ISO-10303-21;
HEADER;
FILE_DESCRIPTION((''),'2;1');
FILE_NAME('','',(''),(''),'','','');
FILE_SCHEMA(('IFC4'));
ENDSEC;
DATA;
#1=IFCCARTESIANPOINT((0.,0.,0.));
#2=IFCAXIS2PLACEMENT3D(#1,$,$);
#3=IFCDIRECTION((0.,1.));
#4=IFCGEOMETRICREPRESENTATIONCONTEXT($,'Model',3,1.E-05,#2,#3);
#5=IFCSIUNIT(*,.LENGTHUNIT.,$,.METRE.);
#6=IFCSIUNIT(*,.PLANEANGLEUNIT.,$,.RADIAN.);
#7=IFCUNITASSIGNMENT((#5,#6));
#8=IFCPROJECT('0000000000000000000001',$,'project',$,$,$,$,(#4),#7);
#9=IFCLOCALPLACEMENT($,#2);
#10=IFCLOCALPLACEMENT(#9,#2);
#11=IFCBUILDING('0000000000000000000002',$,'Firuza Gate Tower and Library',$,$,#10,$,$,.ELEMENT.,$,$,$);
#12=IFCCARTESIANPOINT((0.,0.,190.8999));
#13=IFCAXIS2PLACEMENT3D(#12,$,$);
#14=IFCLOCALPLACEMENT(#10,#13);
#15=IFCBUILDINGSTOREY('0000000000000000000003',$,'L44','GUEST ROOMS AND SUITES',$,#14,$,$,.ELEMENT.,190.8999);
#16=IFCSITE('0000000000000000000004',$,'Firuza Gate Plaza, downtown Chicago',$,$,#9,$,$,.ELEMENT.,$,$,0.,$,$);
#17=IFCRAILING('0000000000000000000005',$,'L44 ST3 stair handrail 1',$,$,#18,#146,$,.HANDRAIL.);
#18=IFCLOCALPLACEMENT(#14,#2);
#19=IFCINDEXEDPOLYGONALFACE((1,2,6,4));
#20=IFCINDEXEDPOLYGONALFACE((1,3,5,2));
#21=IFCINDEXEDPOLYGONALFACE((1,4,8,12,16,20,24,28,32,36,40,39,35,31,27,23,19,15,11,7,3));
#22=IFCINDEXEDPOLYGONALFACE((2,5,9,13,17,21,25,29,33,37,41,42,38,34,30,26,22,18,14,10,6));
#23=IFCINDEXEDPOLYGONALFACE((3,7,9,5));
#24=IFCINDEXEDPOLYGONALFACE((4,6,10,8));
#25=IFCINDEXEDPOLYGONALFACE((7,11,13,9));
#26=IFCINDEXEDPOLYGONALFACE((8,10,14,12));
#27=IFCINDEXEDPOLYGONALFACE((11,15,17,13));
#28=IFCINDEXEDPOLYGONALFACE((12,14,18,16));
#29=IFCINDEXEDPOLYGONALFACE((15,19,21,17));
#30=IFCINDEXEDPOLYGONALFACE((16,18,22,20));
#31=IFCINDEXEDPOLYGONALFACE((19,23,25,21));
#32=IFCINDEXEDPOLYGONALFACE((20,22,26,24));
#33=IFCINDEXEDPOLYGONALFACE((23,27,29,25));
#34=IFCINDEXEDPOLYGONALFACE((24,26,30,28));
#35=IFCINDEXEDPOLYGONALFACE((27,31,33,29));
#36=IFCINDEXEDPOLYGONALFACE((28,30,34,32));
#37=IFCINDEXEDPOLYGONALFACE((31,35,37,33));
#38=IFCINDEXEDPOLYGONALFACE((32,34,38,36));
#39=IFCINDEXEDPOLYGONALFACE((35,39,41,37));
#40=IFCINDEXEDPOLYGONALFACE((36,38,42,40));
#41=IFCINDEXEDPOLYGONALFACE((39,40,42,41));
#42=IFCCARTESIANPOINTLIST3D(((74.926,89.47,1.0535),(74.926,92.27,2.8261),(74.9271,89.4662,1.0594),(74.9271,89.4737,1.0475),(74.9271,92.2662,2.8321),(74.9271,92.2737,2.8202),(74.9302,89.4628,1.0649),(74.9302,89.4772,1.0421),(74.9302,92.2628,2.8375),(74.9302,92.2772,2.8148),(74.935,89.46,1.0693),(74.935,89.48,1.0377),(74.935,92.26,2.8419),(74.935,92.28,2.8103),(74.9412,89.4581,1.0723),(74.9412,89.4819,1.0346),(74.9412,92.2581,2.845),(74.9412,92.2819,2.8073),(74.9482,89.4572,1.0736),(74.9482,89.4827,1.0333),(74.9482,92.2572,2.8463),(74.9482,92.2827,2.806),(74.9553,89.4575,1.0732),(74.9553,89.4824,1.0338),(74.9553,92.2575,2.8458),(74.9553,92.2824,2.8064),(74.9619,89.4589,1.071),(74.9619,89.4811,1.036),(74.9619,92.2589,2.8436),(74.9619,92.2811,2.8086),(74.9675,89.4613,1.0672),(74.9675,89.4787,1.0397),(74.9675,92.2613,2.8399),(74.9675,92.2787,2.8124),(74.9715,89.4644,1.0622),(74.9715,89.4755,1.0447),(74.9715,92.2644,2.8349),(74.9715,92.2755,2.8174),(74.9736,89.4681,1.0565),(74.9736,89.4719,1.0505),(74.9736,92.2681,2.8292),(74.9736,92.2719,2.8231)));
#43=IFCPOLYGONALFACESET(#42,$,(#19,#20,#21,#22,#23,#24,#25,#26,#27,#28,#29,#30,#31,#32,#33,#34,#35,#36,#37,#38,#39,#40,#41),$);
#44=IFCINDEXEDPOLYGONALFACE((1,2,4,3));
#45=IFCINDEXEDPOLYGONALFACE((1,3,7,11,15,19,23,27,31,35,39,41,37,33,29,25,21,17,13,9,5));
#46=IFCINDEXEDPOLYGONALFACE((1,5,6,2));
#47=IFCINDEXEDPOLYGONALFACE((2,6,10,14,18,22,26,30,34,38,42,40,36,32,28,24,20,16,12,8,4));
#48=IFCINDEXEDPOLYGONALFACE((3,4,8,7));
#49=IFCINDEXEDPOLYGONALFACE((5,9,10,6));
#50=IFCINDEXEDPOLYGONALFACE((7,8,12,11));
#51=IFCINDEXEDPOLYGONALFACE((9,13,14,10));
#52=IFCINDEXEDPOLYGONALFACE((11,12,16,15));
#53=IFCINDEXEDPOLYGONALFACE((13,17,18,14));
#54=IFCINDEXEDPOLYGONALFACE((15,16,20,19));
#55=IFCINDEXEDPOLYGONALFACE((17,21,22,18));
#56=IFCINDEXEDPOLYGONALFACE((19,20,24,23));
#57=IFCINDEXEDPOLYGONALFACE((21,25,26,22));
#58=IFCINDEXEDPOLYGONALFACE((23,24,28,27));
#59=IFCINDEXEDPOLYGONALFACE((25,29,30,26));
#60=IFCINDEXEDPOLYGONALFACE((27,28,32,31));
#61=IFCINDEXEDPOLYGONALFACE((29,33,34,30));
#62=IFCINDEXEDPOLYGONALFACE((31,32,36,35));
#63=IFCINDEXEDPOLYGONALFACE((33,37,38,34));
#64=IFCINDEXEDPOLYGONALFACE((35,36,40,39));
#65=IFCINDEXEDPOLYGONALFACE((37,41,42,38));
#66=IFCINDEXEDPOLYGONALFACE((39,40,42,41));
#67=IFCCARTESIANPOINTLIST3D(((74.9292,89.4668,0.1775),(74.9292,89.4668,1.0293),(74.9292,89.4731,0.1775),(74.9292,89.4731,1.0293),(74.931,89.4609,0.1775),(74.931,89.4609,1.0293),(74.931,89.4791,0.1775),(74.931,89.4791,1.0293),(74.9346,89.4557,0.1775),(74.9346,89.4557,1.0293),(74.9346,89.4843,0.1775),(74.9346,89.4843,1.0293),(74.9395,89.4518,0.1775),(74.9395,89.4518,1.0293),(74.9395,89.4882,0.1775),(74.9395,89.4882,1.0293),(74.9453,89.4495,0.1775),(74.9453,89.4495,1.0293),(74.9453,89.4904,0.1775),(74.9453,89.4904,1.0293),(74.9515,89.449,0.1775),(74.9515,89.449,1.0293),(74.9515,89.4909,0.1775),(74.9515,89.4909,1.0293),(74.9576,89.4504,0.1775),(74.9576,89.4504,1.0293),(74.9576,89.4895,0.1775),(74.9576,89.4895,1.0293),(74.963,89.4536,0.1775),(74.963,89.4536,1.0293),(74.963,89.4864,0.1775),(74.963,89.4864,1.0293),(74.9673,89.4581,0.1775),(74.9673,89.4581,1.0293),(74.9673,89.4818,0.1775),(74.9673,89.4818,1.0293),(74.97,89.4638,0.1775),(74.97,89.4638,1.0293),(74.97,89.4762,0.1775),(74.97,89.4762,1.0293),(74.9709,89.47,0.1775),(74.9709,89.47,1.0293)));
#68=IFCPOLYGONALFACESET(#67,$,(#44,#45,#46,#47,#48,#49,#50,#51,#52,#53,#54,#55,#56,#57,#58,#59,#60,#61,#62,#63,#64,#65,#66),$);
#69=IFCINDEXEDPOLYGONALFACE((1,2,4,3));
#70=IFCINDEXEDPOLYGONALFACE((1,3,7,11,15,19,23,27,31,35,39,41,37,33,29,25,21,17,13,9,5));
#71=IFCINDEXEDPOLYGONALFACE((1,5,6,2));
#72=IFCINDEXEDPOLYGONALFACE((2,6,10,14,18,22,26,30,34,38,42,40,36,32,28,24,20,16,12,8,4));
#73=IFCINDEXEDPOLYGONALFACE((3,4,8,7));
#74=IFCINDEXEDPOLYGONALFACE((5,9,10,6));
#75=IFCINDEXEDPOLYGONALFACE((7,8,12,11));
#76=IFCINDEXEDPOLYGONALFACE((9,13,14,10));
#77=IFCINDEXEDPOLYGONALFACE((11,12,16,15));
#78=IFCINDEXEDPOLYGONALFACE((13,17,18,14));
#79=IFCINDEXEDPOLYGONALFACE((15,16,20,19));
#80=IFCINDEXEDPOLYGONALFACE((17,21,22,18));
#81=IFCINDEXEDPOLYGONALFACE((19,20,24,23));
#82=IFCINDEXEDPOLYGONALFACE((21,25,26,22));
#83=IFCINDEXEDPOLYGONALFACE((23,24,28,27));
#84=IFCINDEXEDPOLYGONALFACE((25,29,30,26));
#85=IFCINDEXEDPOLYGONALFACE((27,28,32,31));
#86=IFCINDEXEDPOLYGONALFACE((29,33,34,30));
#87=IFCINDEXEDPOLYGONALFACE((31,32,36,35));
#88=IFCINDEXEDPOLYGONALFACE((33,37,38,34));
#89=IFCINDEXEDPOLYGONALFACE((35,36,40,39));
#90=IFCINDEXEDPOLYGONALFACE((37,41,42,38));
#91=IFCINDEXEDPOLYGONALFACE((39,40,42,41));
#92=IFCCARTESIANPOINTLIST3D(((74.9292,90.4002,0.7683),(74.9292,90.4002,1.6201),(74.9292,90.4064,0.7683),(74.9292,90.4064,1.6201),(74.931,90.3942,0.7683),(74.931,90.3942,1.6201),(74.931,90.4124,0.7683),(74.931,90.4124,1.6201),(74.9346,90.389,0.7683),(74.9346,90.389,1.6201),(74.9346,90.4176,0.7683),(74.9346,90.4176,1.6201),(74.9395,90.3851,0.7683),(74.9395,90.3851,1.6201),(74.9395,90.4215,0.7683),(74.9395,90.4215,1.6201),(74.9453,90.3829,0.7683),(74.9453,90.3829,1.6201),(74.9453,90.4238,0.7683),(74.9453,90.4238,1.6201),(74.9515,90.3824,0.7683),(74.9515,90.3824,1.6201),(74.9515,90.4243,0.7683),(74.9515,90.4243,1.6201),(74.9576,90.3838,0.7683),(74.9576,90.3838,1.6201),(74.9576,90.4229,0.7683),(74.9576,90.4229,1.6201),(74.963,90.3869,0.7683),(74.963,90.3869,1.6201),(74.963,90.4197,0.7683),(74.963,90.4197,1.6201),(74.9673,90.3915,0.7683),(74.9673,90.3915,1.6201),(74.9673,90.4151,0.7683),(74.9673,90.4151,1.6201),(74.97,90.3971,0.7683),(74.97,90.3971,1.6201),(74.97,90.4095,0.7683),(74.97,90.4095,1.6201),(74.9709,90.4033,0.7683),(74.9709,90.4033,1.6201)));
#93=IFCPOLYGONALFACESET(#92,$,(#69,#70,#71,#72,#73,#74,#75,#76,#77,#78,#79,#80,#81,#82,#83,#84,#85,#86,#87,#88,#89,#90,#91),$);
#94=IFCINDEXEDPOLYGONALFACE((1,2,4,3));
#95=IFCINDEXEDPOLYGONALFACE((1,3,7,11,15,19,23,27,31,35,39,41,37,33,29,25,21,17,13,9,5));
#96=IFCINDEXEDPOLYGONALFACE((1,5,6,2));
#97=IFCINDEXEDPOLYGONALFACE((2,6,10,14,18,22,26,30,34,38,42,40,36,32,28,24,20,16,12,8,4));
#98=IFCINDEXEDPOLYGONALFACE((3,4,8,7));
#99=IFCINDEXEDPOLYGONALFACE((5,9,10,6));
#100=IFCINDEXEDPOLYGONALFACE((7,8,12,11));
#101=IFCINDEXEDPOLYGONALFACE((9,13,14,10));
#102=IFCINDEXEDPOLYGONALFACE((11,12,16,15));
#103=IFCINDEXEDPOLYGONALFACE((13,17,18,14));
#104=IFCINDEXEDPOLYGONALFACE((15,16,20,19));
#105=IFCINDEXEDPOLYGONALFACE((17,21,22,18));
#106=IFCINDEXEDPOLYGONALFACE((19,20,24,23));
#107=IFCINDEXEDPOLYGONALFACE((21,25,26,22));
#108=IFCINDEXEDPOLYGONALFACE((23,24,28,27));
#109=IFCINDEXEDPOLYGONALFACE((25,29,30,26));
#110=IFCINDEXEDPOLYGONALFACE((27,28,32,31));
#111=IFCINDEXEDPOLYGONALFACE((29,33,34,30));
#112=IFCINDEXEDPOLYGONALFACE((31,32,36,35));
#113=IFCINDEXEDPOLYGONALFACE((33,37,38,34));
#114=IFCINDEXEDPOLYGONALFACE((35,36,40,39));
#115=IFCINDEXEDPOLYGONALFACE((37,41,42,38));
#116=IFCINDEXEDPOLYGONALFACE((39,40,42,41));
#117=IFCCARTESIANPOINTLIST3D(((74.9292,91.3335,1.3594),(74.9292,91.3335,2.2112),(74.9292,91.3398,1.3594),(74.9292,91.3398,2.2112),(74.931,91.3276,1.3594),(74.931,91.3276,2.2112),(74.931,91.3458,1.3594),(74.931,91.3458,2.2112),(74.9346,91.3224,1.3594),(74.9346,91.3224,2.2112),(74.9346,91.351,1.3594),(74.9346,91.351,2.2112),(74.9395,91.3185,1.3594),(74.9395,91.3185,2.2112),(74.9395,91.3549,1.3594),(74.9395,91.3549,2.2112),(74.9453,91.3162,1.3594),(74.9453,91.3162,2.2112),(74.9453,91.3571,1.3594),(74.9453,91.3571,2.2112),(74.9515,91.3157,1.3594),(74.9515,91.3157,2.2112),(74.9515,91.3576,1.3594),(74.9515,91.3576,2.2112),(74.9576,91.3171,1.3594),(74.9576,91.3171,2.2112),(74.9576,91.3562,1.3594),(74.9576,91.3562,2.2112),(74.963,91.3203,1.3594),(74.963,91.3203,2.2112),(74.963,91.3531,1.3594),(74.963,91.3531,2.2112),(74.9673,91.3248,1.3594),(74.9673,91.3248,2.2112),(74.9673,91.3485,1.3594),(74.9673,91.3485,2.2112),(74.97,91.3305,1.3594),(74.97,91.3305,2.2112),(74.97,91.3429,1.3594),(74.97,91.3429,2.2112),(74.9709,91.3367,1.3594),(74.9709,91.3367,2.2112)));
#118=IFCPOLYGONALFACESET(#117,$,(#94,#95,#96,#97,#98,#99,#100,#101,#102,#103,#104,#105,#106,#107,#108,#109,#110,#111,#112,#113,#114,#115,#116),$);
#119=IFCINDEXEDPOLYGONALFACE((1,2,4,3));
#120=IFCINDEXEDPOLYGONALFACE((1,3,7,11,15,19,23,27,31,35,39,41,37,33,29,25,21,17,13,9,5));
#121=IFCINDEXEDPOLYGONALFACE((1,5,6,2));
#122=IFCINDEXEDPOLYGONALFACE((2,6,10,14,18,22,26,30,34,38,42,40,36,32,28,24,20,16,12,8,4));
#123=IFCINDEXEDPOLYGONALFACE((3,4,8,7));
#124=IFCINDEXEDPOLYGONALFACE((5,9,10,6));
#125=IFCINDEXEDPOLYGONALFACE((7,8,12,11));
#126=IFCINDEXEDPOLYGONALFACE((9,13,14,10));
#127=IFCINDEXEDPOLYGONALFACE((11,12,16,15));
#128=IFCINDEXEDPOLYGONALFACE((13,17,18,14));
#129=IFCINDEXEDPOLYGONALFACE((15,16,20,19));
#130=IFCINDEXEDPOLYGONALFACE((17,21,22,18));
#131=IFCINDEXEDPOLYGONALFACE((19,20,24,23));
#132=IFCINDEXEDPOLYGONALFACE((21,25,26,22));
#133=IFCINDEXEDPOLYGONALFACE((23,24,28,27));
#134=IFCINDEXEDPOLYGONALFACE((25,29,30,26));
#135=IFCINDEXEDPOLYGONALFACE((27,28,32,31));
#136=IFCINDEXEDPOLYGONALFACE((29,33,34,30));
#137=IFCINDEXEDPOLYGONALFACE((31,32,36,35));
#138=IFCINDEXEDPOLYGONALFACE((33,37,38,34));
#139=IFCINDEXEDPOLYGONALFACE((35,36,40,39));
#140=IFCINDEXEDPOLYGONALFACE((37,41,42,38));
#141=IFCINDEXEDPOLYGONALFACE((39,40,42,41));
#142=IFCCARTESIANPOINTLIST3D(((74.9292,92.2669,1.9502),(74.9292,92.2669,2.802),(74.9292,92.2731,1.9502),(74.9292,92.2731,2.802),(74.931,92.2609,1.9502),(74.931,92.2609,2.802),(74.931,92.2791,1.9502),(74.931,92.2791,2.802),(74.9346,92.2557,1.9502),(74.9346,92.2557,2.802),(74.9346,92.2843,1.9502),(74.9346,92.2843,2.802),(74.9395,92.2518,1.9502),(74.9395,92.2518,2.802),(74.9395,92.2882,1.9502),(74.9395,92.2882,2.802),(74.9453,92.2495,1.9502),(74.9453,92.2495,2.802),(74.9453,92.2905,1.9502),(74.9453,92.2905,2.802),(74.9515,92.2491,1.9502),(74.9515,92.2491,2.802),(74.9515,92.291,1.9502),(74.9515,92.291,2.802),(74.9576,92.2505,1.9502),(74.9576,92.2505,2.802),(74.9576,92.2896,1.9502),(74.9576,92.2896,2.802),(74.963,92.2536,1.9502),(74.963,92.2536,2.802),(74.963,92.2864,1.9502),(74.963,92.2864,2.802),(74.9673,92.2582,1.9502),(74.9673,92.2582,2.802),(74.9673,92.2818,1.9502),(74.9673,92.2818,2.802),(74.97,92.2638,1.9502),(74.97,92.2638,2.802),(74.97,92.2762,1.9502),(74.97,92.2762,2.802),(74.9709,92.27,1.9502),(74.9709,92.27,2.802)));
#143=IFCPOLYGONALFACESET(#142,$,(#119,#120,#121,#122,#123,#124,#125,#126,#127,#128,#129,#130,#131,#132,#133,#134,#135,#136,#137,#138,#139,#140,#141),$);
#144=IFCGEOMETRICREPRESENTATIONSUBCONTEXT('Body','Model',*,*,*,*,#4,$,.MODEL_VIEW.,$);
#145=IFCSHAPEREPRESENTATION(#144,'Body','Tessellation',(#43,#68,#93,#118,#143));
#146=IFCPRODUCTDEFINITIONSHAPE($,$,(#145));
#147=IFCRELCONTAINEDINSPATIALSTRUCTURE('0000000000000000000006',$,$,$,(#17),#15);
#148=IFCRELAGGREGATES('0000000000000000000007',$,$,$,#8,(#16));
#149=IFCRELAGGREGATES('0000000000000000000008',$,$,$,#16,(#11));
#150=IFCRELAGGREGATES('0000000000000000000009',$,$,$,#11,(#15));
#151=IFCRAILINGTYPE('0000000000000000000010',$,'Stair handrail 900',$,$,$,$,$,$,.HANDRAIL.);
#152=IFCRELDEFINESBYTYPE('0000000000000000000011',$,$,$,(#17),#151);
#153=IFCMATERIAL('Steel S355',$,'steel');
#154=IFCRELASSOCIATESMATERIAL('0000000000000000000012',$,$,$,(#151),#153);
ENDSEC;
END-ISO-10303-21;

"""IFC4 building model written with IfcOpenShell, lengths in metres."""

from ifc_helpers import new_model, si_unit, direction, frame, origin, origin_2d, place, context, subcontext, project, spatial, circle, extrude, material, type_object, element, save


model = new_model("IFC4")

# Units and contexts
model_context = context("Model", 3, precision=1e-05, world=origin(), true_north=direction((0.0, 1.0)))
body_context = subcontext(model_context, "Body", "Model", "MODEL_VIEW")
ifc_project = project(units=[si_unit("LENGTHUNIT", "METRE"), si_unit("PLANEANGLEUNIT", "RADIAN")], contexts=[model_context])

# Site, building, storey
site_placement = place(None, origin())
site = spatial("IfcSite", under=ifc_project, at=site_placement, Name="Firuza Gate Plaza, downtown Chicago", CompositionType="ELEMENT", RefElevation=0.0)
building_placement = place(site_placement, origin())
building = spatial("IfcBuilding", under=site, at=building_placement, Name="Firuza Gate Tower and Library", CompositionType="ELEMENT")
storey_placement = place(building_placement, frame((0.0, 0.0, 190.8999)))
storey = spatial("IfcBuildingStorey", under=building, at=storey_placement, Name="L44", Description="GUEST ROOMS AND SUITES", CompositionType="ELEMENT", Elevation=190.8999)

# Railing
ifc_material_1 = material(Name="Steel S355", Category="steel")
railing_type_1 = type_object("IfcRailingType", Name="Stair handrail 900", PredefinedType="HANDRAIL", material=ifc_material_1)
railing_1_placement = place(storey_placement, frame((74.95, 89.47, 0.1775)))
element("IfcRailing", 1, at=railing_1_placement, inside=storey, type_object=railing_type_1, Name="L44 ST3 stair handrail 1", PredefinedType="HANDRAIL", context=body_context, shape_type="SweptSolid", body=[
    extrude(circle(Radius=0.0239, at=origin_2d()), frame((0.0, 0.0, 0.876), z_axis=(0.0, 0.844909, 0.53491), x_axis=(-1.0, 0.0, 0.0)), (0.0, 0.0, 1.0), 3.314),
    extrude(circle(Radius=0.021, at=origin_2d()), origin(), (0.0, 0.0, 1.0), 0.8518),
    extrude(circle(Radius=0.021, at=origin_2d()), frame((0.0, 0.9333, 0.5908)), (0.0, 0.0, 1.0), 0.8518),
    extrude(circle(Radius=0.021, at=origin_2d()), frame((0.0, 1.8667, 1.1819)), (0.0, 0.0, 1.0), 0.8518),
    extrude(circle(Radius=0.021, at=origin_2d()), frame((0.0, 2.8, 1.7727)), (0.0, 0.0, 1.0), 0.8518),
])

save(model, "model.ifc")
